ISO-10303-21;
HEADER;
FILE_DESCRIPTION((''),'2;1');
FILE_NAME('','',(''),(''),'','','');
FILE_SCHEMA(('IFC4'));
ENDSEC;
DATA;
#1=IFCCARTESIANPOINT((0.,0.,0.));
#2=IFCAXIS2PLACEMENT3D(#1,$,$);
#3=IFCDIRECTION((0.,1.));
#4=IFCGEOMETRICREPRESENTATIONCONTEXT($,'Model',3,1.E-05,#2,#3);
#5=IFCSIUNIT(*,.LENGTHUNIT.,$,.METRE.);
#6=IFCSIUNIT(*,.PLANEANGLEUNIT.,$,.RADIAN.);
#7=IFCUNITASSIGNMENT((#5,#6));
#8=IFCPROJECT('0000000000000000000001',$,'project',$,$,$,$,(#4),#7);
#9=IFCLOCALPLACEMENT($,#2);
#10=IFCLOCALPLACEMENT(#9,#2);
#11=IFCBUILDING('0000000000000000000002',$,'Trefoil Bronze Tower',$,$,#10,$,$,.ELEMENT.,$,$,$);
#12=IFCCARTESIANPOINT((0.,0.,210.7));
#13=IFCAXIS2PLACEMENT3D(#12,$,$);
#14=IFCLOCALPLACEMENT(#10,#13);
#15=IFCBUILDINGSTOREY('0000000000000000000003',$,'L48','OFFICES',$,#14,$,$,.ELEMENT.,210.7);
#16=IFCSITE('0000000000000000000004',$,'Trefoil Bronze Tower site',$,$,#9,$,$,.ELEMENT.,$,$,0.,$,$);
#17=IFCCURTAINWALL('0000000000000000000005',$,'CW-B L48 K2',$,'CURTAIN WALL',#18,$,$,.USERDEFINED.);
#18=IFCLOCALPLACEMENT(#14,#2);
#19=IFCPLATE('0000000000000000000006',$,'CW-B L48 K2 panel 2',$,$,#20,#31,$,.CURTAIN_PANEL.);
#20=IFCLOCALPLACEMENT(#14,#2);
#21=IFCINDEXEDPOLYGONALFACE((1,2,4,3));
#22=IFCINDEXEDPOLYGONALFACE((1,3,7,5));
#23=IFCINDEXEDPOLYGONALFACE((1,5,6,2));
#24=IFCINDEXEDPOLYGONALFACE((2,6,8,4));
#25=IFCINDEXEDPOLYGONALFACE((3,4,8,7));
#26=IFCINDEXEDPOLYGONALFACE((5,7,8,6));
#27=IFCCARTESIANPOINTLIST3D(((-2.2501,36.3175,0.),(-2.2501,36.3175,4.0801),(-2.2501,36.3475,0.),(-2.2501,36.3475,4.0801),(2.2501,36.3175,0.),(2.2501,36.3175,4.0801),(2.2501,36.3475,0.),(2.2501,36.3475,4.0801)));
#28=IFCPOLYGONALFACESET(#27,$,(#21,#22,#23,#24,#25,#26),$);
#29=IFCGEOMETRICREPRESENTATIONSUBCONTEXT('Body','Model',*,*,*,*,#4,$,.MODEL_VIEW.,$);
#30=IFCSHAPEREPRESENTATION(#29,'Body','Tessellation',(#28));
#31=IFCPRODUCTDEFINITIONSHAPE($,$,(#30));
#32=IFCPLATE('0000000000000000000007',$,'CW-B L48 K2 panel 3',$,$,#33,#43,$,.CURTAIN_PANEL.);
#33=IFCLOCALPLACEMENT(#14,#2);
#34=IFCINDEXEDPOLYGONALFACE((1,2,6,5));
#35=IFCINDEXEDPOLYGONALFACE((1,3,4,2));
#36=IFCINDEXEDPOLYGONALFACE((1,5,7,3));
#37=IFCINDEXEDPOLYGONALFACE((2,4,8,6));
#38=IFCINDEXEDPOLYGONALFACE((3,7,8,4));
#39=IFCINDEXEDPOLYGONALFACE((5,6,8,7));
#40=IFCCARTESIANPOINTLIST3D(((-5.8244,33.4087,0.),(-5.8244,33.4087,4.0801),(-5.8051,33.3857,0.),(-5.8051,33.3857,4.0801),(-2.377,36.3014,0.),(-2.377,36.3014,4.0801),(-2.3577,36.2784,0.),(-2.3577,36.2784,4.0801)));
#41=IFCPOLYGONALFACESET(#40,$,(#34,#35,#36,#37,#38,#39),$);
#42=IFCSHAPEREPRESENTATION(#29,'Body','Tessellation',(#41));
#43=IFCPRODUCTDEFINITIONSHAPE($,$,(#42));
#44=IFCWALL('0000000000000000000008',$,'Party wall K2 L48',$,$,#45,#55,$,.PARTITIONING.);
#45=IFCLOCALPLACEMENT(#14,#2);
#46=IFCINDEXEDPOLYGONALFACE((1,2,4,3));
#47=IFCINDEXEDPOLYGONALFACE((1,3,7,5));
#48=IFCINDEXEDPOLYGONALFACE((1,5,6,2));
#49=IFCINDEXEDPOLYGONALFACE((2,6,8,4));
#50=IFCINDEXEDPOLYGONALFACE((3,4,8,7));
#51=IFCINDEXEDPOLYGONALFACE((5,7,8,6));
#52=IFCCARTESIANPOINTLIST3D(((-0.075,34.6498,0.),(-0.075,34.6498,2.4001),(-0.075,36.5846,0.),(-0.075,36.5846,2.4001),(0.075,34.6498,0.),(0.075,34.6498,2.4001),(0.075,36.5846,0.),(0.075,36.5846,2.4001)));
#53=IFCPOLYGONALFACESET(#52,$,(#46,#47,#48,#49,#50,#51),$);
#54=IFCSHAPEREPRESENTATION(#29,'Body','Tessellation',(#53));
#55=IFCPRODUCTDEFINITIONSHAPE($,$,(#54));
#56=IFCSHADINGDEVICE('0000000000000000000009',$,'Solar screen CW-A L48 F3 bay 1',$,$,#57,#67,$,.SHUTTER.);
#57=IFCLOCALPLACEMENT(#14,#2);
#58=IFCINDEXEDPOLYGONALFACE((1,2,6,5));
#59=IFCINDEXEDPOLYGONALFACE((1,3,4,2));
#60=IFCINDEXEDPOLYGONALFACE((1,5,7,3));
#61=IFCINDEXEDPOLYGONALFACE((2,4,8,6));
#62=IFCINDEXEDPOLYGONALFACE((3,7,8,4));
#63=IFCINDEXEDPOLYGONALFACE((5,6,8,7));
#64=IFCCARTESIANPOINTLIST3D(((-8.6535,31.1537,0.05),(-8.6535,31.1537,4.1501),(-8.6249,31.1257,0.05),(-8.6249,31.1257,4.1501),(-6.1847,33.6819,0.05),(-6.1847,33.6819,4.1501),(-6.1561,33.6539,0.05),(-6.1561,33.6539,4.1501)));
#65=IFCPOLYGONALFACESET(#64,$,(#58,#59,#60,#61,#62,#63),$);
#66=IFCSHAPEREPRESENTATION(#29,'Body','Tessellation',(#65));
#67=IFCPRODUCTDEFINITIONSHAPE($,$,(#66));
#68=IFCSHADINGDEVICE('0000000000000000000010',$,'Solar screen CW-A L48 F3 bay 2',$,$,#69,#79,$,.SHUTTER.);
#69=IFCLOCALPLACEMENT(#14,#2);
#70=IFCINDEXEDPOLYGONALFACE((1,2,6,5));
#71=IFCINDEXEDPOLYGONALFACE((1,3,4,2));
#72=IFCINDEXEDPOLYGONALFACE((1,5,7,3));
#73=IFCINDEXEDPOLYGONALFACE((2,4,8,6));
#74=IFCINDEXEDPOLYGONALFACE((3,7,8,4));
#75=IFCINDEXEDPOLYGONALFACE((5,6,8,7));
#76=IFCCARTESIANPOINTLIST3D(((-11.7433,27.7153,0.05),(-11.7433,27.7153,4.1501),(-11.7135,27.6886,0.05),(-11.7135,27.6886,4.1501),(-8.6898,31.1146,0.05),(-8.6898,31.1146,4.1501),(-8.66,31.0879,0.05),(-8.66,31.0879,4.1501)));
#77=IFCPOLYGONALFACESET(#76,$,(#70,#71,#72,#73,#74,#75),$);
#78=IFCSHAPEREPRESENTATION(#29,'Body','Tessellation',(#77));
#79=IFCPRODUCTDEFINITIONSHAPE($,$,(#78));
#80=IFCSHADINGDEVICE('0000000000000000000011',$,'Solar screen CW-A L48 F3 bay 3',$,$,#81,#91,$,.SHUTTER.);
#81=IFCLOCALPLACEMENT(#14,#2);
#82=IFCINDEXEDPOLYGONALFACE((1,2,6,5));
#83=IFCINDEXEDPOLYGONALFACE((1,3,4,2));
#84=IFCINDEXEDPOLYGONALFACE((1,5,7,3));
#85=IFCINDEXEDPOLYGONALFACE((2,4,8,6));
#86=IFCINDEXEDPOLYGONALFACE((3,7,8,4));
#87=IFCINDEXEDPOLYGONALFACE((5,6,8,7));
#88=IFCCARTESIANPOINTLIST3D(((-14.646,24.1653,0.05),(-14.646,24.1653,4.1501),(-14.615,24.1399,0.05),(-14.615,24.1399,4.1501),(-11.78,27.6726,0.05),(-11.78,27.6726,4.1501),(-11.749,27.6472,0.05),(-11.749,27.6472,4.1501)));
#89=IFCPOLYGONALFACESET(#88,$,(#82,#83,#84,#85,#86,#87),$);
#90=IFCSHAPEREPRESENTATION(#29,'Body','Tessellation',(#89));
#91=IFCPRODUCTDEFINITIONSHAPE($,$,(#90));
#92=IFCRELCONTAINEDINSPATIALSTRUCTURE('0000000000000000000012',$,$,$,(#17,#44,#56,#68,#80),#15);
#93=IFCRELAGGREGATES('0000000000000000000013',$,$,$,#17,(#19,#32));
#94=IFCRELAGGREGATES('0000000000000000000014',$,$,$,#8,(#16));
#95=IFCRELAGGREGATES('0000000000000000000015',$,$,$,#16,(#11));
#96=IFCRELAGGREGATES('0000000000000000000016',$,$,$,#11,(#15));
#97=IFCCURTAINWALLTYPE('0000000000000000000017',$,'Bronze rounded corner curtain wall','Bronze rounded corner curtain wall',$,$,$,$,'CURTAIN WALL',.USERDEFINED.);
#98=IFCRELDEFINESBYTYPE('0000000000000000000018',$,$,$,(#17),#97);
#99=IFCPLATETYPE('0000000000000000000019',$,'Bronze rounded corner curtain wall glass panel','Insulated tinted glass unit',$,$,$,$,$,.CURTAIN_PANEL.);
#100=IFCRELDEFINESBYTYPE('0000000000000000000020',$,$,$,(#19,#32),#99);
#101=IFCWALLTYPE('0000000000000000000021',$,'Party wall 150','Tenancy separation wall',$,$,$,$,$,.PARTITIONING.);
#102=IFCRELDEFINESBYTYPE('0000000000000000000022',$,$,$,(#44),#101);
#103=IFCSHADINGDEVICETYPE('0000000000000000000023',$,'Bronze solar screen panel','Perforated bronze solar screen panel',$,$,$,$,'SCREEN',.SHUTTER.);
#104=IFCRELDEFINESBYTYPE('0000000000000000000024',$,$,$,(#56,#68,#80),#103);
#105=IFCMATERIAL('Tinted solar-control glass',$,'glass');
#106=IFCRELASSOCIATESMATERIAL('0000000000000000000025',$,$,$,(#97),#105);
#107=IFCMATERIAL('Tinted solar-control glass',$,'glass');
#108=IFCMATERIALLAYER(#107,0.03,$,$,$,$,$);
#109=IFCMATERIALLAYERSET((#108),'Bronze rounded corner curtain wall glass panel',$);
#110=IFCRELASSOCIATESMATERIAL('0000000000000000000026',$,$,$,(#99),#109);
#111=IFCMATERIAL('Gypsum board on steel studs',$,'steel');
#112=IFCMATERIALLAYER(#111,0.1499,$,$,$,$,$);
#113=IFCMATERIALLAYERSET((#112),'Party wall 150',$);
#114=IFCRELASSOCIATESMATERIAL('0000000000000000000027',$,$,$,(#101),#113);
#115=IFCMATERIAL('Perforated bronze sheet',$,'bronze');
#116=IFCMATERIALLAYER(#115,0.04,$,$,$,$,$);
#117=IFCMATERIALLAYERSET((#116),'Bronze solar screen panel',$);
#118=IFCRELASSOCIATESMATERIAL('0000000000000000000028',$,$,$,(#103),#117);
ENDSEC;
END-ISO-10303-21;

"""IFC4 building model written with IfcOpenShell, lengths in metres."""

from ifc_helpers import new_model, si_unit, direction, frame, frame_2d, origin, origin_2d, place, context, subcontext, project, spatial, rectangle, extrude, material, layer, layer_set, type_object, element, aggregate, save


model = new_model("IFC4")

# Units and contexts
model_context = context("Model", 3, precision=1e-05, world=origin(), true_north=direction((0.0, 1.0)))
body_context = subcontext(model_context, "Body", "Model", "MODEL_VIEW")
ifc_project = project(units=[si_unit("LENGTHUNIT", "METRE"), si_unit("PLANEANGLEUNIT", "RADIAN")], contexts=[model_context])

# Site, building, storey
site_placement = place(None, origin())
site = spatial("IfcSite", under=ifc_project, at=site_placement, Name="Trefoil Bronze Tower site", CompositionType="ELEMENT", RefElevation=0.0)
building_placement = place(site_placement, origin())
building = spatial("IfcBuilding", under=site, at=building_placement, Name="Trefoil Bronze Tower", CompositionType="ELEMENT")
storey_placement = place(building_placement, frame((0.0, 0.0, 210.7)))
storey = spatial("IfcBuildingStorey", under=building, at=storey_placement, Name="L48", Description="OFFICES", CompositionType="ELEMENT", Elevation=210.7)

# Curtain wall
ifc_material_1 = material(Name="Tinted solar-control glass", Category="glass")
curtain_wall_type_1 = type_object("IfcCurtainWallType", Name="Bronze rounded corner curtain wall", Description="Bronze rounded corner curtain wall", ElementType="CURTAIN WALL", PredefinedType="USERDEFINED", material=ifc_material_1)
curtain_wall_1_placement = place(storey_placement, origin())
curtain_wall_1 = element("IfcCurtainWall", 1, at=curtain_wall_1_placement, inside=storey, type_object=curtain_wall_type_1, Name="CW-B L48 K2", ObjectType="CURTAIN WALL", PredefinedType="USERDEFINED")

# Plates
ifc_material_2 = material(Name="Tinted solar-control glass", Category="glass")
ifc_layer_1 = layer(ifc_material_2, 0.03)
ifc_layer_set_1 = layer_set([ifc_layer_1], Name="Bronze rounded corner curtain wall glass panel")
plate_type_1 = type_object("IfcPlateType", Name="Bronze rounded corner curtain wall glass panel", Description="Insulated tinted glass unit", PredefinedType="CURTAIN_PANEL", material=ifc_layer_set_1)
plate_1_placement = place(storey_placement, frame((0.0, 36.3325, 0.0), z_axis=(0.0, 0.0, 1.0), x_axis=(-1.0, 0.0, 0.0)))
plate_1 = element("IfcPlate", 2, at=plate_1_placement, type_object=plate_type_1, Name="CW-B L48 K2 panel 2", PredefinedType="CURTAIN_PANEL", context=body_context, shape_type="SweptSolid", body=[
    extrude(rectangle(XDim=4.5002, YDim=0.03, at=origin_2d()), origin(), (0.0, 0.0, 1.0), 4.0801),
])
plate_2_placement = place(storey_placement, frame((-4.0911, 34.8435, 0.0), z_axis=(0.0, 0.0, 1.0), x_axis=(-0.766044, -0.642788, 0.0)))
plate_2 = element("IfcPlate", 3, at=plate_2_placement, type_object=plate_type_1, Name="CW-B L48 K2 panel 3", PredefinedType="CURTAIN_PANEL", context=body_context, shape_type="SweptSolid", body=[
    extrude(rectangle(XDim=4.5002, YDim=0.03, at=origin_2d()), origin(), (0.0, 0.0, 1.0), 4.0801),
])
aggregate(curtain_wall_1, [plate_1, plate_2])

# Wall
ifc_material_3 = material(Name="Gypsum board on steel studs", Category="steel")
ifc_layer_2 = layer(ifc_material_3, 0.1499)
ifc_layer_set_2 = layer_set([ifc_layer_2], Name="Party wall 150")
wall_type = type_object("IfcWallType", Name="Party wall 150", Description="Tenancy separation wall", PredefinedType="PARTITIONING", material=ifc_layer_set_2)
wall_placement = place(storey_placement, frame((0.0, 34.6499, 0.0), z_axis=(0.0, 0.0, 1.0), x_axis=(0.0, 1.0, 0.0)))
element("IfcWall", 4, at=wall_placement, inside=storey, type_object=wall_type, Name="Party wall K2 L48", PredefinedType="PARTITIONING", context=body_context, shape_type="SweptSolid", body=[
    extrude(rectangle(XDim=1.9348, YDim=0.1499, at=frame_2d((0.9673, 0.0))), origin(), (0.0, 0.0, 1.0), 2.4001),
])

# Shading devices
ifc_material_4 = material(Name="Perforated bronze sheet", Category="bronze")
ifc_layer_3 = layer(ifc_material_4, 0.04)
ifc_layer_set_3 = layer_set([ifc_layer_3], Name="Bronze solar screen panel")
shading_device_type = type_object("IfcShadingDeviceType", Name="Bronze solar screen panel", Description="Perforated bronze solar screen panel", ElementType="SCREEN", PredefinedType="SHUTTER", material=ifc_layer_set_3)
shading_device_1_placement = place(storey_placement, frame((-7.4048, 32.4038, 0.05), z_axis=(0.0, 0.0, 1.0), x_axis=(-0.698652, -0.715462, 0.0)))
element("IfcShadingDevice", 5, at=shading_device_1_placement, inside=storey, type_object=shading_device_type, Name="Solar screen CW-A L48 F3 bay 1", PredefinedType="SHUTTER", context=body_context, shape_type="SweptSolid", body=[
    extrude(rectangle(XDim=3.5337, YDim=0.04, at=origin_2d()), origin(), (0.0, 0.0, 1.0), 4.1001),
])
shading_device_2_placement = place(storey_placement, frame((-10.2017, 29.4016, 0.05), z_axis=(0.0, 0.0, 1.0), x_axis=(-0.668246, -0.743941, 0.0)))
element("IfcShadingDevice", 6, at=shading_device_2_placement, inside=storey, type_object=shading_device_type, Name="Solar screen CW-A L48 F3 bay 2", PredefinedType="SHUTTER", context=body_context, shape_type="SweptSolid", body=[
    extrude(rectangle(XDim=4.5693, YDim=0.04, at=origin_2d()), origin(), (0.0, 0.0, 1.0), 4.1001),
])
shading_device_3_placement = place(storey_placement, frame((-13.1975, 25.9062, 0.05), z_axis=(0.0, 0.0, 1.0), x_axis=(-0.632753, -0.774354, 0.0)))
element("IfcShadingDevice", 7, at=shading_device_3_placement, inside=storey, type_object=shading_device_type, Name="Solar screen CW-A L48 F3 bay 3", PredefinedType="SHUTTER", context=body_context, shape_type="SweptSolid", body=[
    extrude(rectangle(XDim=4.5293, YDim=0.04, at=origin_2d()), origin(), (0.0, 0.0, 1.0), 4.1001),
])

save(model, "model.ifc")
